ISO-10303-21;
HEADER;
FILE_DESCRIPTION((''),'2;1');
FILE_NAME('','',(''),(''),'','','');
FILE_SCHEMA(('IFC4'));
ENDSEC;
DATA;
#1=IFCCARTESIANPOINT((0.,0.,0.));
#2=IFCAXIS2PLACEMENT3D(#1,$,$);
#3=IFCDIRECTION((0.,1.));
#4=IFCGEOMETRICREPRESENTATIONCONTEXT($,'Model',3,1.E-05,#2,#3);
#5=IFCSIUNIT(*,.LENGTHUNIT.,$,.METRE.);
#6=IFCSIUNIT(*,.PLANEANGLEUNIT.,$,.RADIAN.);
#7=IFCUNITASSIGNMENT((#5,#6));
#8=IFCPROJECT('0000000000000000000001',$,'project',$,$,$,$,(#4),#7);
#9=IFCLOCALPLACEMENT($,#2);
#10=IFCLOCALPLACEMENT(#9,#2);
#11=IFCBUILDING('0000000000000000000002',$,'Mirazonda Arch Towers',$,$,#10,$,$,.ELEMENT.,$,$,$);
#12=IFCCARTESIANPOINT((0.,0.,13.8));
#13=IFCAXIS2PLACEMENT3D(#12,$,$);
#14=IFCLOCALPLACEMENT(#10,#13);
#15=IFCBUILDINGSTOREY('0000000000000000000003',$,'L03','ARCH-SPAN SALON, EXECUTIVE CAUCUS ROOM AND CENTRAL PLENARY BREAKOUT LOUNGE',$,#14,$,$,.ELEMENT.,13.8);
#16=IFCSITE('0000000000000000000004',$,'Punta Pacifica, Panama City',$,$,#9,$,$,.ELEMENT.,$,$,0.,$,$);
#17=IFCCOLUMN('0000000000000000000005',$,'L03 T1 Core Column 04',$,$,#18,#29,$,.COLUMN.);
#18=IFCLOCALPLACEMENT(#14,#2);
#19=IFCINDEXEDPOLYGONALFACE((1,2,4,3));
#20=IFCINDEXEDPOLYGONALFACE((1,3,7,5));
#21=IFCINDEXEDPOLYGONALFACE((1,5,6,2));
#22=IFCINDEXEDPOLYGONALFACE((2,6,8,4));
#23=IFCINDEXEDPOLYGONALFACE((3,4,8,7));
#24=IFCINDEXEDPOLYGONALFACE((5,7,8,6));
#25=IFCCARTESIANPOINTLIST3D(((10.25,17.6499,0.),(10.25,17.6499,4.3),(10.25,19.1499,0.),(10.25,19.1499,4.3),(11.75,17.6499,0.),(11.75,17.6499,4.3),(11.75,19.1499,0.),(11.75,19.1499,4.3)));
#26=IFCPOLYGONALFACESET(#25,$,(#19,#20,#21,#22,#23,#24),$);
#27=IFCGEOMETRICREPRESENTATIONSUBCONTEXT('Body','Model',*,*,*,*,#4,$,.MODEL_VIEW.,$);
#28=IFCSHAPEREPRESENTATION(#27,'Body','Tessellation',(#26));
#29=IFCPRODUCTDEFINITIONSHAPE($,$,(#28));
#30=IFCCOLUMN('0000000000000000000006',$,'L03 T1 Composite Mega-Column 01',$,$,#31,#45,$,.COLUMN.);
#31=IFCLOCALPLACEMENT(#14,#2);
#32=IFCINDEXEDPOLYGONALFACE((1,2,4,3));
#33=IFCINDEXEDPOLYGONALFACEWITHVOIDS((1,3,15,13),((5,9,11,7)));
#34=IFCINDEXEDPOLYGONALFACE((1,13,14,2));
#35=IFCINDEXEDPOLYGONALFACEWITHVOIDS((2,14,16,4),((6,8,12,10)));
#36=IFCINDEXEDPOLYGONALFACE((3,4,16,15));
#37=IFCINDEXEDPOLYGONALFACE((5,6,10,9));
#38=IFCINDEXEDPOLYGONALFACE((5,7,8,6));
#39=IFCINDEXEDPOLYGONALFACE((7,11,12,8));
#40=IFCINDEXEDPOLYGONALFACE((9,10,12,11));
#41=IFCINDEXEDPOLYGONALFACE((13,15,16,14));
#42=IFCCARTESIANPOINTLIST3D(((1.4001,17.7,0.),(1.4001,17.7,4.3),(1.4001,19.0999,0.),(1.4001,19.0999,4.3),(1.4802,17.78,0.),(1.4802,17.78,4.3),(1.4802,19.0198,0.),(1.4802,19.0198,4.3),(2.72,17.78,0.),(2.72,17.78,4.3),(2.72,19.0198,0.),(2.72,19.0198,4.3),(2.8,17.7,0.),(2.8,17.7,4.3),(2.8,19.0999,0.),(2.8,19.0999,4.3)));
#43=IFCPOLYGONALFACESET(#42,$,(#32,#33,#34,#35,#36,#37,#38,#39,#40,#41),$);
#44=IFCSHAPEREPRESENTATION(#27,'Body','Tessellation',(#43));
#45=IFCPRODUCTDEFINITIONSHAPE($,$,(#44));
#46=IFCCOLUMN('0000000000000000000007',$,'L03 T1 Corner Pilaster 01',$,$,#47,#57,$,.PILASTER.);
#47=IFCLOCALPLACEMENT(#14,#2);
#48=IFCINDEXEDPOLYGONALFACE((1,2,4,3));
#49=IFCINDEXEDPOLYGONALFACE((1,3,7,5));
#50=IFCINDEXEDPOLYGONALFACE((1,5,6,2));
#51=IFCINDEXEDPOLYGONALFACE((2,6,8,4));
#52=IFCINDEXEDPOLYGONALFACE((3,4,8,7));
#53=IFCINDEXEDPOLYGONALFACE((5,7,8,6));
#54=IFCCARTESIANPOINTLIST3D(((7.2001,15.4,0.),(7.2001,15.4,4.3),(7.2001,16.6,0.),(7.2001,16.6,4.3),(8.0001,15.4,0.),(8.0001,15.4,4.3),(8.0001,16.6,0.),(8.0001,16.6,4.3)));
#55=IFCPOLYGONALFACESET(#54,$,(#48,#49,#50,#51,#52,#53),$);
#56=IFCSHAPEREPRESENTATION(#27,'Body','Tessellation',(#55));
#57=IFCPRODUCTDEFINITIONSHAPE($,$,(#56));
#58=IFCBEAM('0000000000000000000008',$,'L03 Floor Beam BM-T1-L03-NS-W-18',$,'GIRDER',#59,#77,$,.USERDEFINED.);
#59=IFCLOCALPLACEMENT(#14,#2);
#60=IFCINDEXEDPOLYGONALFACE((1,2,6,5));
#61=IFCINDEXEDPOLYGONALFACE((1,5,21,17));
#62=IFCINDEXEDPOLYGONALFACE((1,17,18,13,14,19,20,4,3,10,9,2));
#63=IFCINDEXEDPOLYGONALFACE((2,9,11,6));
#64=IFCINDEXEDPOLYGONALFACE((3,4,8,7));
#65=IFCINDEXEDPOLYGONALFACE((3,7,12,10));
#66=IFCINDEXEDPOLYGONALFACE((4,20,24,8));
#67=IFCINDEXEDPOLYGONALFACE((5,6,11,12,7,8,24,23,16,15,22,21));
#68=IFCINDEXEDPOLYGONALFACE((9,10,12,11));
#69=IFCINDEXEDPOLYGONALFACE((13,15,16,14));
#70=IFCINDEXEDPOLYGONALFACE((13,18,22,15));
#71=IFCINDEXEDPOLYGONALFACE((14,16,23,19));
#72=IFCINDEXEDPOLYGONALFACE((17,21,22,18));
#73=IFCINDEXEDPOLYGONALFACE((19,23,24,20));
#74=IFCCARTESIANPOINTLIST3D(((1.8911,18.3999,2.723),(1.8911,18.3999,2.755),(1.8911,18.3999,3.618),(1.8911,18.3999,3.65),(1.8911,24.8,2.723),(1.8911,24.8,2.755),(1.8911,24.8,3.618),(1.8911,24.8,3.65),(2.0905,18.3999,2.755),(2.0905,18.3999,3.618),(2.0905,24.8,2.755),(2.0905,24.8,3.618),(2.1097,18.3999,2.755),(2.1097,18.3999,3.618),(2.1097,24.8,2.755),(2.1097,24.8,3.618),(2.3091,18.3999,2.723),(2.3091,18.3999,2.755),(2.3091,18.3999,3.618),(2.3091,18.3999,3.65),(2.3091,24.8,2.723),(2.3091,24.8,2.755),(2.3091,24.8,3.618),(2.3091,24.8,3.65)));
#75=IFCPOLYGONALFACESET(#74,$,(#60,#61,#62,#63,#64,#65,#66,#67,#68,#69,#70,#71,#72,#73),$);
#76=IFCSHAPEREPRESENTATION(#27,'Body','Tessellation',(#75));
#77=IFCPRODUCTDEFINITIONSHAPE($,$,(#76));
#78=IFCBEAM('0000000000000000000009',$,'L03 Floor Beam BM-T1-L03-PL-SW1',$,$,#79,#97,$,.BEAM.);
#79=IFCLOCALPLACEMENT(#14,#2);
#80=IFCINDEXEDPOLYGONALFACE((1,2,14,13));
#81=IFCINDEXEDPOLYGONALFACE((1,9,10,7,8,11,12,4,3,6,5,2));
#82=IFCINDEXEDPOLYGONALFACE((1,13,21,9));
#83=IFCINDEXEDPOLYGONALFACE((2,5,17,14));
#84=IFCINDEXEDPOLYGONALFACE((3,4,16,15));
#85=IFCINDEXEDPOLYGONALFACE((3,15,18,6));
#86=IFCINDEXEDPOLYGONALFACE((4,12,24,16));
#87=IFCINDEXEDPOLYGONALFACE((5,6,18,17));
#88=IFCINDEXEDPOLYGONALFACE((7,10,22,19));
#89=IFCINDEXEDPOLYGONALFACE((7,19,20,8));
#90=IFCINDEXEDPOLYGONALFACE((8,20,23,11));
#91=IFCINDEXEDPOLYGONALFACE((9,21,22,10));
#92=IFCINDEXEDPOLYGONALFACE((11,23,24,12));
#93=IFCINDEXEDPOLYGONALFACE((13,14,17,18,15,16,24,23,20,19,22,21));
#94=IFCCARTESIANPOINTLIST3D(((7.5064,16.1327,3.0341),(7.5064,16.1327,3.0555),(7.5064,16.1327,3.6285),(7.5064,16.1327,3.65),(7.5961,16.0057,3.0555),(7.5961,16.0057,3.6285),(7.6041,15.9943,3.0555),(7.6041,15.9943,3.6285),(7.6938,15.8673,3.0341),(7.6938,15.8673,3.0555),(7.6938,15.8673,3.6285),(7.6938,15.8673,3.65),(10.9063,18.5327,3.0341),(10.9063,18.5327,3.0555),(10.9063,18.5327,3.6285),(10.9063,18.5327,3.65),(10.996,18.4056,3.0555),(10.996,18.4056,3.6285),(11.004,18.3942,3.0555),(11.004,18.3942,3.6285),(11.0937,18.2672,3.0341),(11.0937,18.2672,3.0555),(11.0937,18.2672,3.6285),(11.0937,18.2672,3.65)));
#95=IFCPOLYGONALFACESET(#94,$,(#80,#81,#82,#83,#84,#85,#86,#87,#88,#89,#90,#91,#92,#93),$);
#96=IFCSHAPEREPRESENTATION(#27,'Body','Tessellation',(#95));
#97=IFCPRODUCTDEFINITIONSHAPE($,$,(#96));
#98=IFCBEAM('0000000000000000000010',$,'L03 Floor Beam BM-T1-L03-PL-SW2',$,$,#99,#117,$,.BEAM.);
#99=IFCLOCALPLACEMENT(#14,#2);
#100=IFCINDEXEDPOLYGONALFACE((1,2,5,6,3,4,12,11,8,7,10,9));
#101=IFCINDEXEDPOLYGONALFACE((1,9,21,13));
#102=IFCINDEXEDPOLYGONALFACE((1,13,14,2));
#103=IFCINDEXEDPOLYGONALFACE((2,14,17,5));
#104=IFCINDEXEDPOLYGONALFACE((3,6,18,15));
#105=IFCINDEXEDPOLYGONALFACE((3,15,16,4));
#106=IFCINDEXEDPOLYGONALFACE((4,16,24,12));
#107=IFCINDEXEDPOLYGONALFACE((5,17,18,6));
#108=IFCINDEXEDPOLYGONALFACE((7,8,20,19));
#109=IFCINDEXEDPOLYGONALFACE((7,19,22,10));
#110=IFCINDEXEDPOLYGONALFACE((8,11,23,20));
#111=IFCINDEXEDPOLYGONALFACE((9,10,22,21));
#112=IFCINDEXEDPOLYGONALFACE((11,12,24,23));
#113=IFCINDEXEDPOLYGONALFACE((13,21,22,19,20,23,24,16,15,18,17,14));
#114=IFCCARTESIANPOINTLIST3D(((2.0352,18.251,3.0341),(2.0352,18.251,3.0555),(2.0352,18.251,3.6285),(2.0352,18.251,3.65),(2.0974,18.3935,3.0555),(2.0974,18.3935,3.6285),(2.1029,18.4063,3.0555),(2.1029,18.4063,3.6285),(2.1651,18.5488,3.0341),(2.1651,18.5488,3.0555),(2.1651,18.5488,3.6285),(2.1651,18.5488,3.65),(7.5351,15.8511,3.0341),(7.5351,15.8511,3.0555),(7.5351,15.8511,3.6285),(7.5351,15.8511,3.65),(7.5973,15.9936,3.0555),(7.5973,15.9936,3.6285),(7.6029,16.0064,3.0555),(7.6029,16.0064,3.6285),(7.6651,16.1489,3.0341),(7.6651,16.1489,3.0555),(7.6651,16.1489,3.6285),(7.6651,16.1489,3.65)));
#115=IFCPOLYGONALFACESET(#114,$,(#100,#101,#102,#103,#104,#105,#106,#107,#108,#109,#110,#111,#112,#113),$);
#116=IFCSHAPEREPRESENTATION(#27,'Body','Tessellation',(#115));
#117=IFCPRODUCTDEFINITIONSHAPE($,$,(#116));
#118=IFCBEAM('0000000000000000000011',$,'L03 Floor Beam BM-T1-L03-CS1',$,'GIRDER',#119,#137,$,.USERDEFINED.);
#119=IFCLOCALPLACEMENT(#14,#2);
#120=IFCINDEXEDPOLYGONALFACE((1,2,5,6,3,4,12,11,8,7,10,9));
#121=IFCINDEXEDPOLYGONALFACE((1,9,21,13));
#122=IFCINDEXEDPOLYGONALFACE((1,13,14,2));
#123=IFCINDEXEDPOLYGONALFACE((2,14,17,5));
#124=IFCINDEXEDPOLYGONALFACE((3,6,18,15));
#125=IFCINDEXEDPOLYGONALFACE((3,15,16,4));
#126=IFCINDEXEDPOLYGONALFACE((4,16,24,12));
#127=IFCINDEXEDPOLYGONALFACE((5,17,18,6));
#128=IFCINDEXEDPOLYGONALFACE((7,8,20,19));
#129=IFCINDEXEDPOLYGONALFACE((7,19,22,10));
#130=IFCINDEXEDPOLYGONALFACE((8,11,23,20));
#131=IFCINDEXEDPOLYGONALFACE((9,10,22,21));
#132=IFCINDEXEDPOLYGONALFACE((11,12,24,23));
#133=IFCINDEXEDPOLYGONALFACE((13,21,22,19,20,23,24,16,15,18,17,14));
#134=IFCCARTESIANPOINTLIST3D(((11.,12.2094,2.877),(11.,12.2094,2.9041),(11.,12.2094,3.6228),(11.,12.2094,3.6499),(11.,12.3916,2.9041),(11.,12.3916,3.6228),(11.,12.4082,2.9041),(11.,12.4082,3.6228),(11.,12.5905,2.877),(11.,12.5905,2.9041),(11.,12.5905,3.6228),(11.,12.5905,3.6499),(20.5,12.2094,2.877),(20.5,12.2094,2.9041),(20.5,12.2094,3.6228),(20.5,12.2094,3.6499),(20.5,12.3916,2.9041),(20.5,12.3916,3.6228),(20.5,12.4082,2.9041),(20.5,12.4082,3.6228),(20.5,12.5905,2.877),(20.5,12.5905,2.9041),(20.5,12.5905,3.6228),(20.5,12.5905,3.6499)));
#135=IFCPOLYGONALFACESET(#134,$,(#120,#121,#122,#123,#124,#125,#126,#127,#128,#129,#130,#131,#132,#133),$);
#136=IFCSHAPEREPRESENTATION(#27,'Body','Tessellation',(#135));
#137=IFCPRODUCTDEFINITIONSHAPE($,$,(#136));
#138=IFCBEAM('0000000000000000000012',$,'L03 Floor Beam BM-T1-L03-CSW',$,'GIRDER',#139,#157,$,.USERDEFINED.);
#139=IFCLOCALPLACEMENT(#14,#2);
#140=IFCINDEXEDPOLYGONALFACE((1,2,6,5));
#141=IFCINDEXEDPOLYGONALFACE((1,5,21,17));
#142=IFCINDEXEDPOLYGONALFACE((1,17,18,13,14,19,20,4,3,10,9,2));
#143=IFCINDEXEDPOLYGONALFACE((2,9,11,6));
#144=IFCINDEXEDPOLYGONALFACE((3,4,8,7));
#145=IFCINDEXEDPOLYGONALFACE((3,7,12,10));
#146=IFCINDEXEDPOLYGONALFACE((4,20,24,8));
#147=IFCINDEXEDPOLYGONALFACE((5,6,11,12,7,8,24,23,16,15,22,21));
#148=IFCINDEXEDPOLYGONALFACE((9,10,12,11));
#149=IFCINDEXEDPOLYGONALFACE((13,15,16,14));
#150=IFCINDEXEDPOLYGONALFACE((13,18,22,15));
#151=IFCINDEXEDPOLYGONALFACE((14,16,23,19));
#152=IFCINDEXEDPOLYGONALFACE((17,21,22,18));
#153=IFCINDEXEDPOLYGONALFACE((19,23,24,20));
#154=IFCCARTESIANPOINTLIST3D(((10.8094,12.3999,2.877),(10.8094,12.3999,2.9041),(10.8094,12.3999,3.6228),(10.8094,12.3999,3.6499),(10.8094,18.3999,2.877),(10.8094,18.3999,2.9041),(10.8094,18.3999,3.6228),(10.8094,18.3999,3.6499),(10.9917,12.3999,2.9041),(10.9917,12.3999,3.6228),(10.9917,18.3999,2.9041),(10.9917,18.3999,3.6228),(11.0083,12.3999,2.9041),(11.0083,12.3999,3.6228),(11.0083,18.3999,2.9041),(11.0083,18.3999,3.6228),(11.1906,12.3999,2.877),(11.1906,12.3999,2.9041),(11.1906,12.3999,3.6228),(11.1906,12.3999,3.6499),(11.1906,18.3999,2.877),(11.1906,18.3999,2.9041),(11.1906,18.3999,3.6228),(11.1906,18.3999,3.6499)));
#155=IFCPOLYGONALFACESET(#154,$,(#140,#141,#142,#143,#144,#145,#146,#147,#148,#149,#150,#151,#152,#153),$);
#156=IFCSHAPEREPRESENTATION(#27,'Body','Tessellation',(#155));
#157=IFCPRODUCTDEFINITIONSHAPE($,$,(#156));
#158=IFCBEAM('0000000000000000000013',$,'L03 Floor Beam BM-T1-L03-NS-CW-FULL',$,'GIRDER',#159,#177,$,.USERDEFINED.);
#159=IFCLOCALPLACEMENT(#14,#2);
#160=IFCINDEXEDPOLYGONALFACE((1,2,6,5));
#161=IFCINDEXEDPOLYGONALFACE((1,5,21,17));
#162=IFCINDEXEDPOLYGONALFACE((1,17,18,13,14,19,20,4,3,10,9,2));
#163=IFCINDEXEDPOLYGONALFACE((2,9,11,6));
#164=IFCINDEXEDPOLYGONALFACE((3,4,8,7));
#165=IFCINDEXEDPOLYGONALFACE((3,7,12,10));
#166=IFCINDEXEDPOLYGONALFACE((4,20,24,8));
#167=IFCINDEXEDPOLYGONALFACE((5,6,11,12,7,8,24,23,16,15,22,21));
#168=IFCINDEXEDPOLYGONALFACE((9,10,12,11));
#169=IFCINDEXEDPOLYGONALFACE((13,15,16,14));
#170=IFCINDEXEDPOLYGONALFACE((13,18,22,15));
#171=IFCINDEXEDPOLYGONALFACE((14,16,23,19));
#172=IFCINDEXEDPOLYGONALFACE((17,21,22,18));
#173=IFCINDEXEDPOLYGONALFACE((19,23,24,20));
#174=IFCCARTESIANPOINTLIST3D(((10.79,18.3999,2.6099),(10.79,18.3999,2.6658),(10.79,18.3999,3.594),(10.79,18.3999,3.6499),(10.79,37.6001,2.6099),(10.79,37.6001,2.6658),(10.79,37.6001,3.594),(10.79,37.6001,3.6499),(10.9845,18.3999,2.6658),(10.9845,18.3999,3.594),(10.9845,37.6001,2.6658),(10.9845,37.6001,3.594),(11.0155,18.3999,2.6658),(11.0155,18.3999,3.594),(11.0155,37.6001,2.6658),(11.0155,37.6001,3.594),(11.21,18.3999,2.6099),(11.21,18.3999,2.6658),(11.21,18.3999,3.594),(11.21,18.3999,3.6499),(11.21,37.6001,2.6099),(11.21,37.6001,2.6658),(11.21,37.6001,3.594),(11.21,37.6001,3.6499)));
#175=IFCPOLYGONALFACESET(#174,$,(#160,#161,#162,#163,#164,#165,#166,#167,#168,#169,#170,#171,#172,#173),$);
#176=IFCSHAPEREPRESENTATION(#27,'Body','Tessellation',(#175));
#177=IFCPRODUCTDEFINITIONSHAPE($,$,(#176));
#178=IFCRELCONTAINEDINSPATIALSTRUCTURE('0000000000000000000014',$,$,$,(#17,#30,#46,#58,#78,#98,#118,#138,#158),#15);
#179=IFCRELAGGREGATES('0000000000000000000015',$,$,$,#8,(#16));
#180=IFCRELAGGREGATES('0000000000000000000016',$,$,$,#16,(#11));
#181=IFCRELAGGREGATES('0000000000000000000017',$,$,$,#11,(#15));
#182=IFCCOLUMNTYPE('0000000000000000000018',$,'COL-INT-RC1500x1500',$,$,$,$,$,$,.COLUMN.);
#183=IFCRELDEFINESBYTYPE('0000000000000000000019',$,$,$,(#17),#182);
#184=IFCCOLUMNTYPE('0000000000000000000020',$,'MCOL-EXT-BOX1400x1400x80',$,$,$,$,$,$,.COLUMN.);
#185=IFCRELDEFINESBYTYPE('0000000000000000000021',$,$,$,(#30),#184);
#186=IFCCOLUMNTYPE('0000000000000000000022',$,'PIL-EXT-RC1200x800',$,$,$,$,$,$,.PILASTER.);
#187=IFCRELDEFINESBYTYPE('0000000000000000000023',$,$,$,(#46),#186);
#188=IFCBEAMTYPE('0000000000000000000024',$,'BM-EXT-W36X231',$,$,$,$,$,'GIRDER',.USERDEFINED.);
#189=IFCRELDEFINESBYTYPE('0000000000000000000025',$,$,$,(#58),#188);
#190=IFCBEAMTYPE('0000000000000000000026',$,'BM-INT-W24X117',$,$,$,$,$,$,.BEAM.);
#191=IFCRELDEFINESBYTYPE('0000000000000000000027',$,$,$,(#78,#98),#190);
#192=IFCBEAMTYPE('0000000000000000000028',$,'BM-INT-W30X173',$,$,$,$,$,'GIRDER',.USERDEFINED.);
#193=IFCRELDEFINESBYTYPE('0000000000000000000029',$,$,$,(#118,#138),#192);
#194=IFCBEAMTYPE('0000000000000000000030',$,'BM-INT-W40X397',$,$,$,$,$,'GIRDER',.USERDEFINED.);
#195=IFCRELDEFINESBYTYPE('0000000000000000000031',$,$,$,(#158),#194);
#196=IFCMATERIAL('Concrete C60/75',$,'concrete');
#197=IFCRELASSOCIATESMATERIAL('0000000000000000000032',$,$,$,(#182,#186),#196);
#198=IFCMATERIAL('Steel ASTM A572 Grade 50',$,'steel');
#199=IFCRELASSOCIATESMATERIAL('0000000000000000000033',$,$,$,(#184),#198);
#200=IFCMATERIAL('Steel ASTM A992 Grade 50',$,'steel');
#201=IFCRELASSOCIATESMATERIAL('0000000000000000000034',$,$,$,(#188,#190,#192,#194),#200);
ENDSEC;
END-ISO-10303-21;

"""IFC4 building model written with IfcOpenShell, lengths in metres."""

from ifc_helpers import new_model, si_unit, direction, frame, origin, origin_2d, place, context, subcontext, project, spatial, rectangle, hollow_rectangle, i_section, extrude, material, material_profile, profile_set, type_object, element, save


model = new_model("IFC4")

# Units and contexts
model_context = context("Model", 3, precision=1e-05, world=origin(), true_north=direction((0.0, 1.0)))
body_context = subcontext(model_context, "Body", "Model", "MODEL_VIEW")
ifc_project = project(units=[si_unit("LENGTHUNIT", "METRE"), si_unit("PLANEANGLEUNIT", "RADIAN")], contexts=[model_context])

# Site, building, storey
site_placement = place(None, origin())
site = spatial("IfcSite", under=ifc_project, at=site_placement, Name="Punta Pacifica, Panama City", CompositionType="ELEMENT", RefElevation=0.0)
building_placement = place(site_placement, origin())
building = spatial("IfcBuilding", under=site, at=building_placement, Name="Mirazonda Arch Towers", CompositionType="ELEMENT")
storey_placement = place(building_placement, frame((0.0, 0.0, 13.8)))
storey = spatial("IfcBuildingStorey", under=building, at=storey_placement, Name="L03", Description="ARCH-SPAN SALON, EXECUTIVE CAUCUS ROOM AND CENTRAL PLENARY BREAKOUT LOUNGE", CompositionType="ELEMENT", Elevation=13.8)

# Columns
ifc_material_1 = material(Name="Concrete C60/75", Category="concrete")
ifc_material_profile_1 = material_profile(ifc_material_1, rectangle(XDim=1.5, YDim=1.5, at=origin_2d()), Name="RC1500x1500")
ifc_profile_set_1 = profile_set([ifc_material_profile_1], Name="Concrete C60/75")
column_type_1 = type_object("IfcColumnType", Name="COL-INT-RC1500x1500", PredefinedType="COLUMN", material=ifc_profile_set_1)
column_1_placement = place(storey_placement, frame((11.0, 18.3999, 0.0), z_axis=(0.0, 0.0, 1.0), x_axis=(1.0, 0.0, 0.0)))
element("IfcColumn", 1, at=column_1_placement, inside=storey, type_object=column_type_1, Name="L03 T1 Core Column 04", PredefinedType="COLUMN", context=body_context, shape_type="SweptSolid", body=[
    extrude(rectangle(XDim=1.5, YDim=1.5, at=origin_2d()), origin(), (0.0, 0.0, 1.0), 4.3),
])
ifc_material_2 = material(Name="Steel ASTM A572 Grade 50", Category="steel")
ifc_material_profile_2 = material_profile(ifc_material_2, hollow_rectangle(XDim=1.3999, YDim=1.3999, WallThickness=0.0801, at=origin_2d()), Name="BOX1400x1400x80")
ifc_profile_set_2 = profile_set([ifc_material_profile_2], Name="Steel ASTM A572 Grade 50")
column_type_2 = type_object("IfcColumnType", Name="MCOL-EXT-BOX1400x1400x80", PredefinedType="COLUMN", material=ifc_profile_set_2)
column_2_placement = place(storey_placement, frame((2.1001, 18.3999, 0.0), z_axis=(0.0, 0.0, 1.0), x_axis=(1.0, 0.0, 0.0)))
element("IfcColumn", 2, at=column_2_placement, inside=storey, type_object=column_type_2, Name="L03 T1 Composite Mega-Column 01", PredefinedType="COLUMN", context=body_context, shape_type="SweptSolid", body=[
    extrude(hollow_rectangle(XDim=1.3999, YDim=1.3999, WallThickness=0.0801, at=origin_2d()), origin(), (0.0, 0.0, 1.0), 4.3),
])
ifc_material_profile_3 = material_profile(ifc_material_1, rectangle(XDim=0.8, YDim=1.2, at=origin_2d()), Name="RC1200x800")
ifc_profile_set_3 = profile_set([ifc_material_profile_3], Name="Concrete C60/75")
column_type_3 = type_object("IfcColumnType", Name="PIL-EXT-RC1200x800", PredefinedType="PILASTER", material=ifc_profile_set_3)
column_3_placement = place(storey_placement, frame((7.6001, 16.0, 0.0), z_axis=(0.0, 0.0, 1.0), x_axis=(1.0, 0.0, 0.0)))
element("IfcColumn", 3, at=column_3_placement, inside=storey, type_object=column_type_3, Name="L03 T1 Corner Pilaster 01", PredefinedType="PILASTER", context=body_context, shape_type="SweptSolid", body=[
    extrude(rectangle(XDim=0.8, YDim=1.2, at=origin_2d()), origin(), (0.0, 0.0, 1.0), 4.3),
])

# Beams
ifc_material_3 = material(Name="Steel ASTM A992 Grade 50", Category="steel")
ifc_material_profile_4 = material_profile(ifc_material_3, i_section(OverallWidth=0.418, OverallDepth=0.927, WebThickness=0.0193, FlangeThickness=0.032, at=origin_2d()), Name="W36X231")
ifc_profile_set_4 = profile_set([ifc_material_profile_4], Name="Steel ASTM A992 Grade 50")
beam_type_1 = type_object("IfcBeamType", Name="BM-EXT-W36X231", ElementType="GIRDER", PredefinedType="USERDEFINED", material=ifc_profile_set_4)
beam_1_placement = place(storey_placement, frame((2.1001, 18.3999, 3.1865), z_axis=(0.0, 1.0, 0.0), x_axis=(-1.0, 0.0, 0.0)))
element("IfcBeam", 4, at=beam_1_placement, inside=storey, type_object=beam_type_1, Name="L03 Floor Beam BM-T1-L03-NS-W-18", ObjectType="GIRDER", PredefinedType="USERDEFINED", context=body_context, shape_type="SweptSolid", body=[
    extrude(i_section(OverallWidth=0.418, OverallDepth=0.927, WebThickness=0.0193, FlangeThickness=0.032, at=origin_2d()), origin(), (0.0, 0.0, 1.0), 6.4001),
])
ifc_material_profile_5 = material_profile(ifc_material_3, i_section(OverallWidth=0.325, OverallDepth=0.616, WebThickness=0.0139, FlangeThickness=0.0215, at=origin_2d()), Name="W24X117")
ifc_profile_set_5 = profile_set([ifc_material_profile_5], Name="Steel ASTM A992 Grade 50")
beam_type_2 = type_object("IfcBeamType", Name="BM-INT-W24X117", PredefinedType="BEAM", material=ifc_profile_set_5)
beam_2_placement = place(storey_placement, frame((7.6001, 16.0, 3.342), z_axis=(0.816971, 0.576679, 0.0), x_axis=(-0.576679, 0.816971, 0.0)))
element("IfcBeam", 5, at=beam_2_placement, inside=storey, type_object=beam_type_2, Name="L03 Floor Beam BM-T1-L03-PL-SW1", PredefinedType="BEAM", context=body_context, shape_type="SweptSolid", body=[
    extrude(i_section(OverallWidth=0.325, OverallDepth=0.616, WebThickness=0.0139, FlangeThickness=0.0215, at=origin_2d()), origin(), (0.0, 0.0, 1.0), 4.1616),
])
beam_3_placement = place(storey_placement, frame((7.6001, 16.0, 3.342), z_axis=(-0.916545, 0.399931, 0.0), x_axis=(-0.399931, -0.916545, 0.0)))
element("IfcBeam", 6, at=beam_3_placement, inside=storey, type_object=beam_type_2, Name="L03 Floor Beam BM-T1-L03-PL-SW2", PredefinedType="BEAM", context=body_context, shape_type="SweptSolid", body=[
    extrude(i_section(OverallWidth=0.325, OverallDepth=0.616, WebThickness=0.0139, FlangeThickness=0.0215, at=origin_2d()), origin(), (0.0, 0.0, 1.0), 6.0007),
])
ifc_material_profile_6 = material_profile(ifc_material_3, i_section(OverallWidth=0.3811, OverallDepth=0.7729, WebThickness=0.0166, FlangeThickness=0.0271, at=origin_2d()), Name="W30X173")
ifc_profile_set_6 = profile_set([ifc_material_profile_6], Name="Steel ASTM A992 Grade 50")
beam_type_3 = type_object("IfcBeamType", Name="BM-INT-W30X173", ElementType="GIRDER", PredefinedType="USERDEFINED", material=ifc_profile_set_6)
beam_4_placement = place(storey_placement, frame((11.0, 12.3999, 3.2634), z_axis=(1.0, 0.0, 0.0), x_axis=(0.0, 1.0, 0.0)))
element("IfcBeam", 7, at=beam_4_placement, inside=storey, type_object=beam_type_3, Name="L03 Floor Beam BM-T1-L03-CS1", ObjectType="GIRDER", PredefinedType="USERDEFINED", context=body_context, shape_type="SweptSolid", body=[
    extrude(i_section(OverallWidth=0.3811, OverallDepth=0.7729, WebThickness=0.0166, FlangeThickness=0.0271, at=origin_2d()), origin(), (0.0, 0.0, 1.0), 9.5),
])
beam_5_placement = place(storey_placement, frame((11.0, 12.3999, 3.2634), z_axis=(0.0, 1.0, 0.0), x_axis=(-1.0, 0.0, 0.0)))
element("IfcBeam", 8, at=beam_5_placement, inside=storey, type_object=beam_type_3, Name="L03 Floor Beam BM-T1-L03-CSW", ObjectType="GIRDER", PredefinedType="USERDEFINED", context=body_context, shape_type="SweptSolid", body=[
    extrude(i_section(OverallWidth=0.3811, OverallDepth=0.7729, WebThickness=0.0166, FlangeThickness=0.0271, at=origin_2d()), origin(), (0.0, 0.0, 1.0), 6.0),
])
ifc_material_profile_7 = material_profile(ifc_material_3, i_section(OverallWidth=0.4199, OverallDepth=1.04, WebThickness=0.031, FlangeThickness=0.0559, at=origin_2d()), Name="W40X397")
ifc_profile_set_7 = profile_set([ifc_material_profile_7], Name="Steel ASTM A992 Grade 50")
beam_type_4 = type_object("IfcBeamType", Name="BM-INT-W40X397", ElementType="GIRDER", PredefinedType="USERDEFINED", material=ifc_profile_set_7)
beam_6_placement = place(storey_placement, frame((11.0, 18.3999, 3.1299), z_axis=(0.0, 1.0, 0.0), x_axis=(-1.0, 0.0, 0.0)))
element("IfcBeam", 9, at=beam_6_placement, inside=storey, type_object=beam_type_4, Name="L03 Floor Beam BM-T1-L03-NS-CW-FULL", ObjectType="GIRDER", PredefinedType="USERDEFINED", context=body_context, shape_type="SweptSolid", body=[
    extrude(i_section(OverallWidth=0.4199, OverallDepth=1.04, WebThickness=0.031, FlangeThickness=0.0559, at=origin_2d()), origin(), (0.0, 0.0, 1.0), 19.2002),
])

save(model, "model.ifc")
